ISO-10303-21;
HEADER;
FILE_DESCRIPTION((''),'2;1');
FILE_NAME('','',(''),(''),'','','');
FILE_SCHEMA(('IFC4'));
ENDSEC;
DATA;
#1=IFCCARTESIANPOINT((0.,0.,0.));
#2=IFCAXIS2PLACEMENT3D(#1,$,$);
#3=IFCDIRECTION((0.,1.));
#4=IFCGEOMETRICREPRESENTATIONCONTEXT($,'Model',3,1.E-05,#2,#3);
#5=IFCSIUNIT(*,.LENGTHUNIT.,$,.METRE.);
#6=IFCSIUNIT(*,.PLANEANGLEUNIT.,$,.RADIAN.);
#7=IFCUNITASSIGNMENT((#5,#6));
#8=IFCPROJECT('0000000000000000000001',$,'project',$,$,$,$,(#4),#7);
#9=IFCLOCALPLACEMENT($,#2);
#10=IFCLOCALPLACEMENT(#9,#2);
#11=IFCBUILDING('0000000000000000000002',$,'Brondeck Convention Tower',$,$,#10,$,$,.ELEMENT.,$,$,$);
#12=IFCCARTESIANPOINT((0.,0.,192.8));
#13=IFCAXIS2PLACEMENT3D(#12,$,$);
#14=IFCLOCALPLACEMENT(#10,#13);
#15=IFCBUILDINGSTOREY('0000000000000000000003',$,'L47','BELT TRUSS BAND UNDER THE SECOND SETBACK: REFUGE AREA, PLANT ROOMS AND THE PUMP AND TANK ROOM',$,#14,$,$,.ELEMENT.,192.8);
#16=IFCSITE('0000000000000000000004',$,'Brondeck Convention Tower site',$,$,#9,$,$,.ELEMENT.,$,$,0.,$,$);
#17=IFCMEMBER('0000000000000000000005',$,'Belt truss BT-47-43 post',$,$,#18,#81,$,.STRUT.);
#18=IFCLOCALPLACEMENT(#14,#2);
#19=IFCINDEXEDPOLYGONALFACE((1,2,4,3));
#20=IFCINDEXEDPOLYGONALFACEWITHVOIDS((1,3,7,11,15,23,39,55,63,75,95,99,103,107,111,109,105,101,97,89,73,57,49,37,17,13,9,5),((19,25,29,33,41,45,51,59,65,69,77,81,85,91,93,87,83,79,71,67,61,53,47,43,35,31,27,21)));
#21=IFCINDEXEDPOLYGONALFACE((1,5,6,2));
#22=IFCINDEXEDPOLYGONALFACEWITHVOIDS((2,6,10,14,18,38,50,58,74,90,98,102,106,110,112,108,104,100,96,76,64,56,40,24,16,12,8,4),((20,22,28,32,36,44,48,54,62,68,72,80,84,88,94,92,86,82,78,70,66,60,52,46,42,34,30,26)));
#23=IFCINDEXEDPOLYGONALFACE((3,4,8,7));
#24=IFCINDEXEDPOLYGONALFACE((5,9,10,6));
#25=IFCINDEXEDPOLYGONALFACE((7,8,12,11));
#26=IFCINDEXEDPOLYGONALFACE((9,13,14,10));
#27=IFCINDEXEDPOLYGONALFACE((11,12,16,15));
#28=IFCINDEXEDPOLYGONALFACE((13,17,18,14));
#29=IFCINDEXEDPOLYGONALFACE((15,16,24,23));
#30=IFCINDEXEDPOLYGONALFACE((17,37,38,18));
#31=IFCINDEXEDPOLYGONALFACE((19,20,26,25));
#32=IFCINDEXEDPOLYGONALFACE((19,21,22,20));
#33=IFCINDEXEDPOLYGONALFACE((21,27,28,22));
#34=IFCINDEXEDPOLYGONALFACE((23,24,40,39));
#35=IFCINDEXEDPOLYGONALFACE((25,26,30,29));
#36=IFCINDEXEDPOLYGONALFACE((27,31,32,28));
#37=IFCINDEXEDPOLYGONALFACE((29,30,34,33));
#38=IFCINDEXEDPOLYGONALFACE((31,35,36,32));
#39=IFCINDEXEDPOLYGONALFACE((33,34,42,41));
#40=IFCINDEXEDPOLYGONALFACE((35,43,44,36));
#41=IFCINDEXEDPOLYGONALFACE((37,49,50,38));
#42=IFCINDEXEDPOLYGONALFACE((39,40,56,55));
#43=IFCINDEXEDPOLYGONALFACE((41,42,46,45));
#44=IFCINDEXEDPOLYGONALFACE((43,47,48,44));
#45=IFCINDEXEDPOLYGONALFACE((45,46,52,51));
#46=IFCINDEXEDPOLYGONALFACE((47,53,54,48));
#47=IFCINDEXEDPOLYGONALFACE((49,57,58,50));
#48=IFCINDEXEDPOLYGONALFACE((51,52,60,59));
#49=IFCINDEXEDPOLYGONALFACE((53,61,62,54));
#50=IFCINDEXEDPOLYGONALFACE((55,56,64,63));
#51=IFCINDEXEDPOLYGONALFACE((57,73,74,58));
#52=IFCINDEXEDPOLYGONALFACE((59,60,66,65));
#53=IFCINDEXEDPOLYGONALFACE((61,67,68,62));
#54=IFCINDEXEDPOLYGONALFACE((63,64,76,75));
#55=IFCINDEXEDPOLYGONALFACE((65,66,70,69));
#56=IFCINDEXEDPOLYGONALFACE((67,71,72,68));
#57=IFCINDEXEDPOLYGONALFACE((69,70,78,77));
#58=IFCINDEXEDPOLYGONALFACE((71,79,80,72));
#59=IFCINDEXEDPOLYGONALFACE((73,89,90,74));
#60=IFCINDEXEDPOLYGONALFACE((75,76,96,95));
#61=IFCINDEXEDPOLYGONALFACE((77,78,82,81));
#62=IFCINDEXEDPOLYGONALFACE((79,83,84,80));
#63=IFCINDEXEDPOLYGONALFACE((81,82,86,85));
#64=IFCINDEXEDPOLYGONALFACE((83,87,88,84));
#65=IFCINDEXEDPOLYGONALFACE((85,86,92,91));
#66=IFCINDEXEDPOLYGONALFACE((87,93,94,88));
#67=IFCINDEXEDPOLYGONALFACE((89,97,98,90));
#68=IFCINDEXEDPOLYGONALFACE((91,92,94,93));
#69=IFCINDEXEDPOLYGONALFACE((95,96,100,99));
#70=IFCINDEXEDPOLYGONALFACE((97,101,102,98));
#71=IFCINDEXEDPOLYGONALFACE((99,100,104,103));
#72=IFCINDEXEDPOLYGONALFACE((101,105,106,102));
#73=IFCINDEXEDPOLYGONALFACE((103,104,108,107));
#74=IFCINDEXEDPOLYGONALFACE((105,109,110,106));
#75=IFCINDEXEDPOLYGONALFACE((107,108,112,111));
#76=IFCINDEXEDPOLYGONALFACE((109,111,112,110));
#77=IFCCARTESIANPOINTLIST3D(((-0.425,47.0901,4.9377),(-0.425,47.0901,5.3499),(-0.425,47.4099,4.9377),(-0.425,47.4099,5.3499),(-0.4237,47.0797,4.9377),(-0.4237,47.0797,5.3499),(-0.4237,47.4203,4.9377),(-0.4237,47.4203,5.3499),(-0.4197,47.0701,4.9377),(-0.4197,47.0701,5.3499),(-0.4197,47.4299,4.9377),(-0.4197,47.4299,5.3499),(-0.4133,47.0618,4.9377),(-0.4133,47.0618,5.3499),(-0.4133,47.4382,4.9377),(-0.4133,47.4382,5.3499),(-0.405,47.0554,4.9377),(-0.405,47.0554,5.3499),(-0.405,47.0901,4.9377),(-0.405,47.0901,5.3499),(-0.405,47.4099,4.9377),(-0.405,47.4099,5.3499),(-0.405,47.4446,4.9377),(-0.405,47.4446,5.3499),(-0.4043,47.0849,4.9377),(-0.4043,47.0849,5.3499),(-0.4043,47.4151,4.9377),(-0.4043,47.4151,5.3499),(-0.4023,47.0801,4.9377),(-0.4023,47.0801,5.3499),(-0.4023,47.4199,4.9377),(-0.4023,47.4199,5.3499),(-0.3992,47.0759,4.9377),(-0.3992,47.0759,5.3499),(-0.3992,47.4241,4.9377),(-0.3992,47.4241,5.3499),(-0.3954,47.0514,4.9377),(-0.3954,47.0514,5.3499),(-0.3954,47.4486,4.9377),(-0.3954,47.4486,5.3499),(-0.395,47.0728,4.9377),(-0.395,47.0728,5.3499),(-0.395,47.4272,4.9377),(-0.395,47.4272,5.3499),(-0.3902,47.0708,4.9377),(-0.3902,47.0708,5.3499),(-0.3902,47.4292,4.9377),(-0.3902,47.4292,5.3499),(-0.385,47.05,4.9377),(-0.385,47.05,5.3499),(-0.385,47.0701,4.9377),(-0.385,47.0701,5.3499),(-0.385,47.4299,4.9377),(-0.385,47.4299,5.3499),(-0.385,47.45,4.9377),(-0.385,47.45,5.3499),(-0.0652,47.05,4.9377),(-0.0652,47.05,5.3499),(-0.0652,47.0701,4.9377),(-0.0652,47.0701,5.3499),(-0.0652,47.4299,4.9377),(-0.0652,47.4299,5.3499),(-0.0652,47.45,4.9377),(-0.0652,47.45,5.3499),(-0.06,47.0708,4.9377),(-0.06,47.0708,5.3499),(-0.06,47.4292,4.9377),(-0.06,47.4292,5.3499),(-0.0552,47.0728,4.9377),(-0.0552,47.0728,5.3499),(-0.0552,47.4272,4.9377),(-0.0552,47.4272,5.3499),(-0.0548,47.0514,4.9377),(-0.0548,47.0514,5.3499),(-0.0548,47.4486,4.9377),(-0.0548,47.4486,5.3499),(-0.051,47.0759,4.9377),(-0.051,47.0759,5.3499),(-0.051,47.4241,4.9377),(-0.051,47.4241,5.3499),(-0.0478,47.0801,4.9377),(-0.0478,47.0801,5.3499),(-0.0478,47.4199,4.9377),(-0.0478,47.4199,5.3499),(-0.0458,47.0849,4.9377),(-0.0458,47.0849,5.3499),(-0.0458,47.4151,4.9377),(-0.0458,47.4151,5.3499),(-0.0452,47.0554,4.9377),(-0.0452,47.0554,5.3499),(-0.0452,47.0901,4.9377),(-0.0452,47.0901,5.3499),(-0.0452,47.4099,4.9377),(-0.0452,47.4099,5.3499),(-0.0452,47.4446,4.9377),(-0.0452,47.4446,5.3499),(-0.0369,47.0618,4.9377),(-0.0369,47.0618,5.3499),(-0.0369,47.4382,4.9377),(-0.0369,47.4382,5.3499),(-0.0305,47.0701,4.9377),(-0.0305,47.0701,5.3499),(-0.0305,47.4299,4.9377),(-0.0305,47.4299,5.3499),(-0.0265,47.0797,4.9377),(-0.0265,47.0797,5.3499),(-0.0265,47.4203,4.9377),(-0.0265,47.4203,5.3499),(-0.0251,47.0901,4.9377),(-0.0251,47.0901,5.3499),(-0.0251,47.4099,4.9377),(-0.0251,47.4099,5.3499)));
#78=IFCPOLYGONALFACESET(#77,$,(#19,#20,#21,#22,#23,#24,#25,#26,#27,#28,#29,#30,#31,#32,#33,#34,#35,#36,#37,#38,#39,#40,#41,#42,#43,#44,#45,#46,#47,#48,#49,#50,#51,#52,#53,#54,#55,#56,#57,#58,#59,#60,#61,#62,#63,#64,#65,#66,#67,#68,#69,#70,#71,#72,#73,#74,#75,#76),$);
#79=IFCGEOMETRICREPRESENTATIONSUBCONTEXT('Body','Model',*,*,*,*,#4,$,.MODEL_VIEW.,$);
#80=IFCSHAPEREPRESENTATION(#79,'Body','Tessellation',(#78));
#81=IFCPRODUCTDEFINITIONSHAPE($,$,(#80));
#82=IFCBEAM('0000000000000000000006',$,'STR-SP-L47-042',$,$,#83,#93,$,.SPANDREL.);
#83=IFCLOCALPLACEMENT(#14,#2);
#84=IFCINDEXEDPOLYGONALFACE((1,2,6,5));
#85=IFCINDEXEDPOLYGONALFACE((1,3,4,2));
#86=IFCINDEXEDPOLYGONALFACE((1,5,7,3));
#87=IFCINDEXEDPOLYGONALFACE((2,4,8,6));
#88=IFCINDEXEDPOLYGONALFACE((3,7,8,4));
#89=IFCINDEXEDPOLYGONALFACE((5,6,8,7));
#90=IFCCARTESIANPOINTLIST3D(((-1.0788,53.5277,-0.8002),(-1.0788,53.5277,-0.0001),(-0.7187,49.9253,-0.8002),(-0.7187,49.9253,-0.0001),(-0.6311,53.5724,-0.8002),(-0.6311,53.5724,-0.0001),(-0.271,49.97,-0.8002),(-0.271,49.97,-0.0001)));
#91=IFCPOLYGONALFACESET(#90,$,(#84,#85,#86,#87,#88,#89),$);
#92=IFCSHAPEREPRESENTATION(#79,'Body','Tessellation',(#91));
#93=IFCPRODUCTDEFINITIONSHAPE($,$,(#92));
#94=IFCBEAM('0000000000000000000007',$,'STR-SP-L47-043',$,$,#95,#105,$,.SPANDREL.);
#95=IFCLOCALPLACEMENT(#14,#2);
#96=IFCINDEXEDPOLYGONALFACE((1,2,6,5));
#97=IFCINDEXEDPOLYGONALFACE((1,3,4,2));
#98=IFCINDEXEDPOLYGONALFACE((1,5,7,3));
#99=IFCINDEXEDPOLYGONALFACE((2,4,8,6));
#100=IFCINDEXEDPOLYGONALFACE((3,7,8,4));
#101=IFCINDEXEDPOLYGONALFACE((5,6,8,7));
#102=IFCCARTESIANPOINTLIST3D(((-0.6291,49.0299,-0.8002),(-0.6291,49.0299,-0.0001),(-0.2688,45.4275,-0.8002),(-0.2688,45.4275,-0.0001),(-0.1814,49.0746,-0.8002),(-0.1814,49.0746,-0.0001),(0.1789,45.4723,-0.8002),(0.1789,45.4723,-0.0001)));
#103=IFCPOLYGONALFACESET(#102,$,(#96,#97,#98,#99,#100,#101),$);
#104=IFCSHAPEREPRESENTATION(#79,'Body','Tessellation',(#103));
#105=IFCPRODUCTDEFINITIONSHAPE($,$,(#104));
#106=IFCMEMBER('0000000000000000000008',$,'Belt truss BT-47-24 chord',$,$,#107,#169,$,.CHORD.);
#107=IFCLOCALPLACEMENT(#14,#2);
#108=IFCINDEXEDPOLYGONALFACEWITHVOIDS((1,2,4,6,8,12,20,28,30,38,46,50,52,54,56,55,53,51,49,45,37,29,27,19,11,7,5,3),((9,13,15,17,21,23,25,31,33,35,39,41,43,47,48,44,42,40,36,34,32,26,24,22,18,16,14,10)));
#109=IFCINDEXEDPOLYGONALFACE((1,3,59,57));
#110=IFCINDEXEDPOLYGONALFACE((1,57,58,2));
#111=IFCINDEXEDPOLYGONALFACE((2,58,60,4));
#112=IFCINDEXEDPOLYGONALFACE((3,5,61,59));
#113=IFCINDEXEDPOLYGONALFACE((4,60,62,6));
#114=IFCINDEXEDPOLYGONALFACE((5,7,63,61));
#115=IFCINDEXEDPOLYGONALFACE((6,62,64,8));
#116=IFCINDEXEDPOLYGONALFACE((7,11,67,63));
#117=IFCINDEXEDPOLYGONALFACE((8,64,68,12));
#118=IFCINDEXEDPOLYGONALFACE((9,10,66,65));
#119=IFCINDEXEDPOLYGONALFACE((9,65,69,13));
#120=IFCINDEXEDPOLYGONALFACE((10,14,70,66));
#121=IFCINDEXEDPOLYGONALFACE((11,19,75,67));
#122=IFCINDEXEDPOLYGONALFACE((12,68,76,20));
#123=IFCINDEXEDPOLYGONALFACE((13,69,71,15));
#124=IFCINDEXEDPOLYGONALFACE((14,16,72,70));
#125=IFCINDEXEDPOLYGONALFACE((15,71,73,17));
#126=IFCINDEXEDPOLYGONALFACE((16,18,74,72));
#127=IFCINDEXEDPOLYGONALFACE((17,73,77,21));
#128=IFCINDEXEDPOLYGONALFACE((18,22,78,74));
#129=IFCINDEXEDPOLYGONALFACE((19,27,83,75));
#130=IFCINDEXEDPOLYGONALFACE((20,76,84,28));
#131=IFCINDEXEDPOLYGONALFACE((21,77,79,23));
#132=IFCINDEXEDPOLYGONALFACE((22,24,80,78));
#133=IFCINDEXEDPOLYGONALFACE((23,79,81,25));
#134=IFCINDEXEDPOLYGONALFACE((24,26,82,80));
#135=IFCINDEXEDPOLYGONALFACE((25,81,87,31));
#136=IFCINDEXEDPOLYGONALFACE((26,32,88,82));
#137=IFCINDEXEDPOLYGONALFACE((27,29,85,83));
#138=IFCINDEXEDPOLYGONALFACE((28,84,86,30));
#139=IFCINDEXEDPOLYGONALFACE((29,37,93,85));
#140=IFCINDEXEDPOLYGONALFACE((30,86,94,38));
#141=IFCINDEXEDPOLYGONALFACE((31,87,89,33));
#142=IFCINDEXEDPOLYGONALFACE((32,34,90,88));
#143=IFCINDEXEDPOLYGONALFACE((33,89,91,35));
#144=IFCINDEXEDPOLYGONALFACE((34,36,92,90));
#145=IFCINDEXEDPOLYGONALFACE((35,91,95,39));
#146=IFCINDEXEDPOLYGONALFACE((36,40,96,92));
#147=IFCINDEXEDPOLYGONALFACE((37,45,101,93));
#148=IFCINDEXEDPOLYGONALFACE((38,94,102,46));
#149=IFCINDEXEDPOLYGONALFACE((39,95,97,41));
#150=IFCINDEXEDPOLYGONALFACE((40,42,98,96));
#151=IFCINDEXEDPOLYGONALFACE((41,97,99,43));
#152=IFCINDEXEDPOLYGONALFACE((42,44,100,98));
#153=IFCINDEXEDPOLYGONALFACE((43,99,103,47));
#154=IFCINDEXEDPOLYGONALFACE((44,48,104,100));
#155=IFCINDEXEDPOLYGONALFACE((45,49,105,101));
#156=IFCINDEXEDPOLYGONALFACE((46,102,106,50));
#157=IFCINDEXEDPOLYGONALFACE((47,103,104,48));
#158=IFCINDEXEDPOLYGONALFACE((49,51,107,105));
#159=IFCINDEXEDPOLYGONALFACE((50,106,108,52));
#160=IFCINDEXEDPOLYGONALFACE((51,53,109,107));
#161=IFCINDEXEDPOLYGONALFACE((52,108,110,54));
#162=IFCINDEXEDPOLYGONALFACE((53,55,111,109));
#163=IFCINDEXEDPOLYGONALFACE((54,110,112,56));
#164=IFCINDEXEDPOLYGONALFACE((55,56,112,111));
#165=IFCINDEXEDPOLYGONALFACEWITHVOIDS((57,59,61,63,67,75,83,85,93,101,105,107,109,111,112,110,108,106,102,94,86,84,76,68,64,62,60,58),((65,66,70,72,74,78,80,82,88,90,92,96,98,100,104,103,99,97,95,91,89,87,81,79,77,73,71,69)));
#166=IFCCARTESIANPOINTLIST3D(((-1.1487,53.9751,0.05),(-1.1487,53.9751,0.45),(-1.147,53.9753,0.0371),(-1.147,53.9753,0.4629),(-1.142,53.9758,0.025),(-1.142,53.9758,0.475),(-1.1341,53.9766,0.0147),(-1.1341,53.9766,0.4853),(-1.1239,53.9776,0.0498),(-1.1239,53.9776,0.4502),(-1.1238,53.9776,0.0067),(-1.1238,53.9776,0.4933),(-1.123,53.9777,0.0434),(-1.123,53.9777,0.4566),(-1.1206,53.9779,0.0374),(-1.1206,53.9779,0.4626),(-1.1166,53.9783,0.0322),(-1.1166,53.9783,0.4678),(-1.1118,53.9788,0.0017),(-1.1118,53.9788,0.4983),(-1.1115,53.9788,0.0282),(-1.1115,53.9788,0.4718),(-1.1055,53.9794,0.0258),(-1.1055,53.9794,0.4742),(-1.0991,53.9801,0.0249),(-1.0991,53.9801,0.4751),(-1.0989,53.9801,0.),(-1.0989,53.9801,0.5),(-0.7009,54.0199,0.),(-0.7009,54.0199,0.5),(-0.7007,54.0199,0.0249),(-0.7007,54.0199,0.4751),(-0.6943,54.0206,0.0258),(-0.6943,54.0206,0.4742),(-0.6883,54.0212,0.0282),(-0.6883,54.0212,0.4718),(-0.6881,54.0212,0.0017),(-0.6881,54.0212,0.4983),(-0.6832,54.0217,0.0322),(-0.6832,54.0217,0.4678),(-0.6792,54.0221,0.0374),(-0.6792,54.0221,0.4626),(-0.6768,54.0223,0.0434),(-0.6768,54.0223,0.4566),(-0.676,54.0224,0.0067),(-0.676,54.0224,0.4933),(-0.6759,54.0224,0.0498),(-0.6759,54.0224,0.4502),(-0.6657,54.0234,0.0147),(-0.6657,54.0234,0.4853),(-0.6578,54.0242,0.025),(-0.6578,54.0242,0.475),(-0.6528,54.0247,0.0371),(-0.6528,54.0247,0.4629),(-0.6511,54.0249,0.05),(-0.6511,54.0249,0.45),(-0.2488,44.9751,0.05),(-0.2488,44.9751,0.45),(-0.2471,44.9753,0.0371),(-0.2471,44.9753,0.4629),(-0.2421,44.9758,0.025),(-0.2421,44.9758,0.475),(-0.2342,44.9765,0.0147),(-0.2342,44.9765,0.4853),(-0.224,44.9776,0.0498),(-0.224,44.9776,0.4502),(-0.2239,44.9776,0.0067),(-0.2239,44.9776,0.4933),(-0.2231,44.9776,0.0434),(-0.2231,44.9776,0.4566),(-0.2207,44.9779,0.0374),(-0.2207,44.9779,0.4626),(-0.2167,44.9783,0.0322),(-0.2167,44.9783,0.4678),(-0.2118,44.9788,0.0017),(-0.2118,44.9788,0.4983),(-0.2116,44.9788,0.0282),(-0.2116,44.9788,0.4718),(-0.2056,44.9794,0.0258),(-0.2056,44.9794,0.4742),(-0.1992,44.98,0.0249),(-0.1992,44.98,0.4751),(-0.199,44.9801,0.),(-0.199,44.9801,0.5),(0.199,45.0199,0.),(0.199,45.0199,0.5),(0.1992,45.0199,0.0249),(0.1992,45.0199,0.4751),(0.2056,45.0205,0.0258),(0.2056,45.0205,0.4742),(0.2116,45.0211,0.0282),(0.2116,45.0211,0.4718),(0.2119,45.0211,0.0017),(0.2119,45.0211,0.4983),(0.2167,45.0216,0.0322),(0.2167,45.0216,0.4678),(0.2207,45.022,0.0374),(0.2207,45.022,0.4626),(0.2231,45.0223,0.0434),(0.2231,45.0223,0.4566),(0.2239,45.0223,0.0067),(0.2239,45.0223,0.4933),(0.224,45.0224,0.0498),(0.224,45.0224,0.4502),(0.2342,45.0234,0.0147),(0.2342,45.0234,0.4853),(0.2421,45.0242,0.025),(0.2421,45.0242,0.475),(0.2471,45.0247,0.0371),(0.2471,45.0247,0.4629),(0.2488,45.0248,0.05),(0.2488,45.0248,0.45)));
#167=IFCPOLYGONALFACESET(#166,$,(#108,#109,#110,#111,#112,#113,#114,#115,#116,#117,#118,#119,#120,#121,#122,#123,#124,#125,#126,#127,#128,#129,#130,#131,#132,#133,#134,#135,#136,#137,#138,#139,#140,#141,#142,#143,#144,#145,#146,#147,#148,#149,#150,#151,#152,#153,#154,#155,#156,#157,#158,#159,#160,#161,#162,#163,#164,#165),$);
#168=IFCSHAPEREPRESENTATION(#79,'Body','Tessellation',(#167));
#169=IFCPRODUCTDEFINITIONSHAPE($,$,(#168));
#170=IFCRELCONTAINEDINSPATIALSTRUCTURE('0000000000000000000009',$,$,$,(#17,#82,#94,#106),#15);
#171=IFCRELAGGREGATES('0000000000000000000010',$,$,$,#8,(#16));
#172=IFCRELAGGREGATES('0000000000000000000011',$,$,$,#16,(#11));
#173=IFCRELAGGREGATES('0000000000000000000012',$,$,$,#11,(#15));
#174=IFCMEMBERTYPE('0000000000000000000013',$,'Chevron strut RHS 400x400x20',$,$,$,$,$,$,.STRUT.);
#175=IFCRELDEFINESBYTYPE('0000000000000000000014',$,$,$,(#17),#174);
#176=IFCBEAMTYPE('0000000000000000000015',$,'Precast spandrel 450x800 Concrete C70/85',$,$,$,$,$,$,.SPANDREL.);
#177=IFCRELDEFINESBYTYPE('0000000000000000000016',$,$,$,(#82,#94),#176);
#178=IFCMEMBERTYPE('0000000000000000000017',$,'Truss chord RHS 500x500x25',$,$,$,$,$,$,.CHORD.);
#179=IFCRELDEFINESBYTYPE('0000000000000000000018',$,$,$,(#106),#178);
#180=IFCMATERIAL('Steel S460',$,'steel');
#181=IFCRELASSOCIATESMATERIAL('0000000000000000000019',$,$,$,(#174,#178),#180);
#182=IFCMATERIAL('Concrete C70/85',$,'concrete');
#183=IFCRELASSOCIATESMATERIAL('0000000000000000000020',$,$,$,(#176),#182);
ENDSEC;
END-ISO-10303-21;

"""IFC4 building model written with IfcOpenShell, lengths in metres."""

from ifc_helpers import new_model, si_unit, direction, frame, origin, origin_2d, place, context, subcontext, project, spatial, rectangle, hollow_rectangle, extrude, material, material_profile, profile_set, type_object, element, save


model = new_model("IFC4")

# Units and contexts
model_context = context("Model", 3, precision=1e-05, world=origin(), true_north=direction((0.0, 1.0)))
body_context = subcontext(model_context, "Body", "Model", "MODEL_VIEW")
ifc_project = project(units=[si_unit("LENGTHUNIT", "METRE"), si_unit("PLANEANGLEUNIT", "RADIAN")], contexts=[model_context])

# Site, building, storey
site_placement = place(None, origin())
site = spatial("IfcSite", under=ifc_project, at=site_placement, Name="Brondeck Convention Tower site", CompositionType="ELEMENT", RefElevation=0.0)
building_placement = place(site_placement, origin())
building = spatial("IfcBuilding", under=site, at=building_placement, Name="Brondeck Convention Tower", CompositionType="ELEMENT")
storey_placement = place(building_placement, frame((0.0, 0.0, 192.8)))
storey = spatial("IfcBuildingStorey", under=building, at=storey_placement, Name="L47", Description="BELT TRUSS BAND UNDER THE SECOND SETBACK: REFUGE AREA, PLANT ROOMS AND THE PUMP AND TANK ROOM", CompositionType="ELEMENT", Elevation=192.8)

# Shared definitions
ifc_material_1 = material(Name="Concrete C70/85", Category="concrete")

# Member
ifc_material_2 = material(Name="Steel S460", Category="steel")
ifc_material_profile_1 = material_profile(ifc_material_2, hollow_rectangle(XDim=0.3999, YDim=0.3999, WallThickness=0.02, InnerFilletRadius=0.02, OuterFilletRadius=0.04, at=origin_2d()), Name="RHS 400x400x20")
ifc_profile_set_1 = profile_set([ifc_material_profile_1], Name="Steel S460")
member_type_1 = type_object("IfcMemberType", Name="Chevron strut RHS 400x400x20", PredefinedType="STRUT", material=ifc_profile_set_1)
for number, where, z_axis, x_axis, name in (
    (1, (-0.2251, 47.25, 4.9377), (0.0, 0.0, 1.0), (1.0, 0.0, 0.0), "Belt truss BT-47-43 post"),
):
    element("IfcMember", number, at=place(storey_placement, frame(where, z_axis=z_axis, x_axis=x_axis)), inside=storey, type_object=member_type_1, Name=name, PredefinedType="STRUT", context=body_context, shape_type="SweptSolid", body=[
        extrude(hollow_rectangle(XDim=0.3999, YDim=0.3999, WallThickness=0.02, InnerFilletRadius=0.02, OuterFilletRadius=0.04, at=origin_2d()), origin(), (0.0, 0.0, 1.0), 0.4121),
    ])

# Beams
ifc_material_profile_2 = material_profile(ifc_material_1, rectangle(XDim=0.45, YDim=0.8, at=origin_2d()), Name="Precast spandrel 450x800 Concrete C70/85")
ifc_profile_set_2 = profile_set([ifc_material_profile_2], Name="Concrete C70/85")
beam_type = type_object("IfcBeamType", Name="Precast spandrel 450x800 Concrete C70/85", PredefinedType="SPANDREL", material=ifc_profile_set_2)
for number, where, z_axis, x_axis, name in (
    (2, (-0.855, 53.55, -0.4001), (0.09947, -0.995041, 0.0), (0.995041, 0.09947, 0.0), "STR-SP-L47-042"),
    (3, (-0.4053, 49.0522, -0.4001), (0.099537, -0.995034, 0.0), (0.995034, 0.099537, 0.0), "STR-SP-L47-043"),
):
    element("IfcBeam", number, at=place(storey_placement, frame(where, z_axis=z_axis, x_axis=x_axis)), inside=storey, type_object=beam_type, Name=name, PredefinedType="SPANDREL", context=body_context, shape_type="SweptSolid", body=[
        extrude(rectangle(XDim=0.45, YDim=0.8, at=origin_2d()), origin(), (0.0, 0.0, 1.0), 3.6204),
    ])

# Member
ifc_material_profile_3 = material_profile(ifc_material_2, hollow_rectangle(XDim=0.5, YDim=0.5, WallThickness=0.0249, InnerFilletRadius=0.0249, OuterFilletRadius=0.05, at=origin_2d()), Name="RHS 500x500x25")
ifc_profile_set_3 = profile_set([ifc_material_profile_3], Name="Steel S460")
member_type_2 = type_object("IfcMemberType", Name="Truss chord RHS 500x500x25", PredefinedType="CHORD", material=ifc_profile_set_3)
for number, where, z_axis, x_axis, name in (
    (4, (-0.8999, 54.0, 0.25), (0.099493, -0.995038, 0.0), (0.995038, 0.099493, 0.0), "Belt truss BT-47-24 chord"),
):
    element("IfcMember", number, at=place(storey_placement, frame(where, z_axis=z_axis, x_axis=x_axis)), inside=storey, type_object=member_type_2, Name=name, PredefinedType="CHORD", context=body_context, shape_type="SweptSolid", body=[
        extrude(hollow_rectangle(XDim=0.5, YDim=0.5, WallThickness=0.0249, InnerFilletRadius=0.0249, OuterFilletRadius=0.05, at=origin_2d()), origin(), (0.0, 0.0, 1.0), 9.0449),
    ])

save(model, "model.ifc")
